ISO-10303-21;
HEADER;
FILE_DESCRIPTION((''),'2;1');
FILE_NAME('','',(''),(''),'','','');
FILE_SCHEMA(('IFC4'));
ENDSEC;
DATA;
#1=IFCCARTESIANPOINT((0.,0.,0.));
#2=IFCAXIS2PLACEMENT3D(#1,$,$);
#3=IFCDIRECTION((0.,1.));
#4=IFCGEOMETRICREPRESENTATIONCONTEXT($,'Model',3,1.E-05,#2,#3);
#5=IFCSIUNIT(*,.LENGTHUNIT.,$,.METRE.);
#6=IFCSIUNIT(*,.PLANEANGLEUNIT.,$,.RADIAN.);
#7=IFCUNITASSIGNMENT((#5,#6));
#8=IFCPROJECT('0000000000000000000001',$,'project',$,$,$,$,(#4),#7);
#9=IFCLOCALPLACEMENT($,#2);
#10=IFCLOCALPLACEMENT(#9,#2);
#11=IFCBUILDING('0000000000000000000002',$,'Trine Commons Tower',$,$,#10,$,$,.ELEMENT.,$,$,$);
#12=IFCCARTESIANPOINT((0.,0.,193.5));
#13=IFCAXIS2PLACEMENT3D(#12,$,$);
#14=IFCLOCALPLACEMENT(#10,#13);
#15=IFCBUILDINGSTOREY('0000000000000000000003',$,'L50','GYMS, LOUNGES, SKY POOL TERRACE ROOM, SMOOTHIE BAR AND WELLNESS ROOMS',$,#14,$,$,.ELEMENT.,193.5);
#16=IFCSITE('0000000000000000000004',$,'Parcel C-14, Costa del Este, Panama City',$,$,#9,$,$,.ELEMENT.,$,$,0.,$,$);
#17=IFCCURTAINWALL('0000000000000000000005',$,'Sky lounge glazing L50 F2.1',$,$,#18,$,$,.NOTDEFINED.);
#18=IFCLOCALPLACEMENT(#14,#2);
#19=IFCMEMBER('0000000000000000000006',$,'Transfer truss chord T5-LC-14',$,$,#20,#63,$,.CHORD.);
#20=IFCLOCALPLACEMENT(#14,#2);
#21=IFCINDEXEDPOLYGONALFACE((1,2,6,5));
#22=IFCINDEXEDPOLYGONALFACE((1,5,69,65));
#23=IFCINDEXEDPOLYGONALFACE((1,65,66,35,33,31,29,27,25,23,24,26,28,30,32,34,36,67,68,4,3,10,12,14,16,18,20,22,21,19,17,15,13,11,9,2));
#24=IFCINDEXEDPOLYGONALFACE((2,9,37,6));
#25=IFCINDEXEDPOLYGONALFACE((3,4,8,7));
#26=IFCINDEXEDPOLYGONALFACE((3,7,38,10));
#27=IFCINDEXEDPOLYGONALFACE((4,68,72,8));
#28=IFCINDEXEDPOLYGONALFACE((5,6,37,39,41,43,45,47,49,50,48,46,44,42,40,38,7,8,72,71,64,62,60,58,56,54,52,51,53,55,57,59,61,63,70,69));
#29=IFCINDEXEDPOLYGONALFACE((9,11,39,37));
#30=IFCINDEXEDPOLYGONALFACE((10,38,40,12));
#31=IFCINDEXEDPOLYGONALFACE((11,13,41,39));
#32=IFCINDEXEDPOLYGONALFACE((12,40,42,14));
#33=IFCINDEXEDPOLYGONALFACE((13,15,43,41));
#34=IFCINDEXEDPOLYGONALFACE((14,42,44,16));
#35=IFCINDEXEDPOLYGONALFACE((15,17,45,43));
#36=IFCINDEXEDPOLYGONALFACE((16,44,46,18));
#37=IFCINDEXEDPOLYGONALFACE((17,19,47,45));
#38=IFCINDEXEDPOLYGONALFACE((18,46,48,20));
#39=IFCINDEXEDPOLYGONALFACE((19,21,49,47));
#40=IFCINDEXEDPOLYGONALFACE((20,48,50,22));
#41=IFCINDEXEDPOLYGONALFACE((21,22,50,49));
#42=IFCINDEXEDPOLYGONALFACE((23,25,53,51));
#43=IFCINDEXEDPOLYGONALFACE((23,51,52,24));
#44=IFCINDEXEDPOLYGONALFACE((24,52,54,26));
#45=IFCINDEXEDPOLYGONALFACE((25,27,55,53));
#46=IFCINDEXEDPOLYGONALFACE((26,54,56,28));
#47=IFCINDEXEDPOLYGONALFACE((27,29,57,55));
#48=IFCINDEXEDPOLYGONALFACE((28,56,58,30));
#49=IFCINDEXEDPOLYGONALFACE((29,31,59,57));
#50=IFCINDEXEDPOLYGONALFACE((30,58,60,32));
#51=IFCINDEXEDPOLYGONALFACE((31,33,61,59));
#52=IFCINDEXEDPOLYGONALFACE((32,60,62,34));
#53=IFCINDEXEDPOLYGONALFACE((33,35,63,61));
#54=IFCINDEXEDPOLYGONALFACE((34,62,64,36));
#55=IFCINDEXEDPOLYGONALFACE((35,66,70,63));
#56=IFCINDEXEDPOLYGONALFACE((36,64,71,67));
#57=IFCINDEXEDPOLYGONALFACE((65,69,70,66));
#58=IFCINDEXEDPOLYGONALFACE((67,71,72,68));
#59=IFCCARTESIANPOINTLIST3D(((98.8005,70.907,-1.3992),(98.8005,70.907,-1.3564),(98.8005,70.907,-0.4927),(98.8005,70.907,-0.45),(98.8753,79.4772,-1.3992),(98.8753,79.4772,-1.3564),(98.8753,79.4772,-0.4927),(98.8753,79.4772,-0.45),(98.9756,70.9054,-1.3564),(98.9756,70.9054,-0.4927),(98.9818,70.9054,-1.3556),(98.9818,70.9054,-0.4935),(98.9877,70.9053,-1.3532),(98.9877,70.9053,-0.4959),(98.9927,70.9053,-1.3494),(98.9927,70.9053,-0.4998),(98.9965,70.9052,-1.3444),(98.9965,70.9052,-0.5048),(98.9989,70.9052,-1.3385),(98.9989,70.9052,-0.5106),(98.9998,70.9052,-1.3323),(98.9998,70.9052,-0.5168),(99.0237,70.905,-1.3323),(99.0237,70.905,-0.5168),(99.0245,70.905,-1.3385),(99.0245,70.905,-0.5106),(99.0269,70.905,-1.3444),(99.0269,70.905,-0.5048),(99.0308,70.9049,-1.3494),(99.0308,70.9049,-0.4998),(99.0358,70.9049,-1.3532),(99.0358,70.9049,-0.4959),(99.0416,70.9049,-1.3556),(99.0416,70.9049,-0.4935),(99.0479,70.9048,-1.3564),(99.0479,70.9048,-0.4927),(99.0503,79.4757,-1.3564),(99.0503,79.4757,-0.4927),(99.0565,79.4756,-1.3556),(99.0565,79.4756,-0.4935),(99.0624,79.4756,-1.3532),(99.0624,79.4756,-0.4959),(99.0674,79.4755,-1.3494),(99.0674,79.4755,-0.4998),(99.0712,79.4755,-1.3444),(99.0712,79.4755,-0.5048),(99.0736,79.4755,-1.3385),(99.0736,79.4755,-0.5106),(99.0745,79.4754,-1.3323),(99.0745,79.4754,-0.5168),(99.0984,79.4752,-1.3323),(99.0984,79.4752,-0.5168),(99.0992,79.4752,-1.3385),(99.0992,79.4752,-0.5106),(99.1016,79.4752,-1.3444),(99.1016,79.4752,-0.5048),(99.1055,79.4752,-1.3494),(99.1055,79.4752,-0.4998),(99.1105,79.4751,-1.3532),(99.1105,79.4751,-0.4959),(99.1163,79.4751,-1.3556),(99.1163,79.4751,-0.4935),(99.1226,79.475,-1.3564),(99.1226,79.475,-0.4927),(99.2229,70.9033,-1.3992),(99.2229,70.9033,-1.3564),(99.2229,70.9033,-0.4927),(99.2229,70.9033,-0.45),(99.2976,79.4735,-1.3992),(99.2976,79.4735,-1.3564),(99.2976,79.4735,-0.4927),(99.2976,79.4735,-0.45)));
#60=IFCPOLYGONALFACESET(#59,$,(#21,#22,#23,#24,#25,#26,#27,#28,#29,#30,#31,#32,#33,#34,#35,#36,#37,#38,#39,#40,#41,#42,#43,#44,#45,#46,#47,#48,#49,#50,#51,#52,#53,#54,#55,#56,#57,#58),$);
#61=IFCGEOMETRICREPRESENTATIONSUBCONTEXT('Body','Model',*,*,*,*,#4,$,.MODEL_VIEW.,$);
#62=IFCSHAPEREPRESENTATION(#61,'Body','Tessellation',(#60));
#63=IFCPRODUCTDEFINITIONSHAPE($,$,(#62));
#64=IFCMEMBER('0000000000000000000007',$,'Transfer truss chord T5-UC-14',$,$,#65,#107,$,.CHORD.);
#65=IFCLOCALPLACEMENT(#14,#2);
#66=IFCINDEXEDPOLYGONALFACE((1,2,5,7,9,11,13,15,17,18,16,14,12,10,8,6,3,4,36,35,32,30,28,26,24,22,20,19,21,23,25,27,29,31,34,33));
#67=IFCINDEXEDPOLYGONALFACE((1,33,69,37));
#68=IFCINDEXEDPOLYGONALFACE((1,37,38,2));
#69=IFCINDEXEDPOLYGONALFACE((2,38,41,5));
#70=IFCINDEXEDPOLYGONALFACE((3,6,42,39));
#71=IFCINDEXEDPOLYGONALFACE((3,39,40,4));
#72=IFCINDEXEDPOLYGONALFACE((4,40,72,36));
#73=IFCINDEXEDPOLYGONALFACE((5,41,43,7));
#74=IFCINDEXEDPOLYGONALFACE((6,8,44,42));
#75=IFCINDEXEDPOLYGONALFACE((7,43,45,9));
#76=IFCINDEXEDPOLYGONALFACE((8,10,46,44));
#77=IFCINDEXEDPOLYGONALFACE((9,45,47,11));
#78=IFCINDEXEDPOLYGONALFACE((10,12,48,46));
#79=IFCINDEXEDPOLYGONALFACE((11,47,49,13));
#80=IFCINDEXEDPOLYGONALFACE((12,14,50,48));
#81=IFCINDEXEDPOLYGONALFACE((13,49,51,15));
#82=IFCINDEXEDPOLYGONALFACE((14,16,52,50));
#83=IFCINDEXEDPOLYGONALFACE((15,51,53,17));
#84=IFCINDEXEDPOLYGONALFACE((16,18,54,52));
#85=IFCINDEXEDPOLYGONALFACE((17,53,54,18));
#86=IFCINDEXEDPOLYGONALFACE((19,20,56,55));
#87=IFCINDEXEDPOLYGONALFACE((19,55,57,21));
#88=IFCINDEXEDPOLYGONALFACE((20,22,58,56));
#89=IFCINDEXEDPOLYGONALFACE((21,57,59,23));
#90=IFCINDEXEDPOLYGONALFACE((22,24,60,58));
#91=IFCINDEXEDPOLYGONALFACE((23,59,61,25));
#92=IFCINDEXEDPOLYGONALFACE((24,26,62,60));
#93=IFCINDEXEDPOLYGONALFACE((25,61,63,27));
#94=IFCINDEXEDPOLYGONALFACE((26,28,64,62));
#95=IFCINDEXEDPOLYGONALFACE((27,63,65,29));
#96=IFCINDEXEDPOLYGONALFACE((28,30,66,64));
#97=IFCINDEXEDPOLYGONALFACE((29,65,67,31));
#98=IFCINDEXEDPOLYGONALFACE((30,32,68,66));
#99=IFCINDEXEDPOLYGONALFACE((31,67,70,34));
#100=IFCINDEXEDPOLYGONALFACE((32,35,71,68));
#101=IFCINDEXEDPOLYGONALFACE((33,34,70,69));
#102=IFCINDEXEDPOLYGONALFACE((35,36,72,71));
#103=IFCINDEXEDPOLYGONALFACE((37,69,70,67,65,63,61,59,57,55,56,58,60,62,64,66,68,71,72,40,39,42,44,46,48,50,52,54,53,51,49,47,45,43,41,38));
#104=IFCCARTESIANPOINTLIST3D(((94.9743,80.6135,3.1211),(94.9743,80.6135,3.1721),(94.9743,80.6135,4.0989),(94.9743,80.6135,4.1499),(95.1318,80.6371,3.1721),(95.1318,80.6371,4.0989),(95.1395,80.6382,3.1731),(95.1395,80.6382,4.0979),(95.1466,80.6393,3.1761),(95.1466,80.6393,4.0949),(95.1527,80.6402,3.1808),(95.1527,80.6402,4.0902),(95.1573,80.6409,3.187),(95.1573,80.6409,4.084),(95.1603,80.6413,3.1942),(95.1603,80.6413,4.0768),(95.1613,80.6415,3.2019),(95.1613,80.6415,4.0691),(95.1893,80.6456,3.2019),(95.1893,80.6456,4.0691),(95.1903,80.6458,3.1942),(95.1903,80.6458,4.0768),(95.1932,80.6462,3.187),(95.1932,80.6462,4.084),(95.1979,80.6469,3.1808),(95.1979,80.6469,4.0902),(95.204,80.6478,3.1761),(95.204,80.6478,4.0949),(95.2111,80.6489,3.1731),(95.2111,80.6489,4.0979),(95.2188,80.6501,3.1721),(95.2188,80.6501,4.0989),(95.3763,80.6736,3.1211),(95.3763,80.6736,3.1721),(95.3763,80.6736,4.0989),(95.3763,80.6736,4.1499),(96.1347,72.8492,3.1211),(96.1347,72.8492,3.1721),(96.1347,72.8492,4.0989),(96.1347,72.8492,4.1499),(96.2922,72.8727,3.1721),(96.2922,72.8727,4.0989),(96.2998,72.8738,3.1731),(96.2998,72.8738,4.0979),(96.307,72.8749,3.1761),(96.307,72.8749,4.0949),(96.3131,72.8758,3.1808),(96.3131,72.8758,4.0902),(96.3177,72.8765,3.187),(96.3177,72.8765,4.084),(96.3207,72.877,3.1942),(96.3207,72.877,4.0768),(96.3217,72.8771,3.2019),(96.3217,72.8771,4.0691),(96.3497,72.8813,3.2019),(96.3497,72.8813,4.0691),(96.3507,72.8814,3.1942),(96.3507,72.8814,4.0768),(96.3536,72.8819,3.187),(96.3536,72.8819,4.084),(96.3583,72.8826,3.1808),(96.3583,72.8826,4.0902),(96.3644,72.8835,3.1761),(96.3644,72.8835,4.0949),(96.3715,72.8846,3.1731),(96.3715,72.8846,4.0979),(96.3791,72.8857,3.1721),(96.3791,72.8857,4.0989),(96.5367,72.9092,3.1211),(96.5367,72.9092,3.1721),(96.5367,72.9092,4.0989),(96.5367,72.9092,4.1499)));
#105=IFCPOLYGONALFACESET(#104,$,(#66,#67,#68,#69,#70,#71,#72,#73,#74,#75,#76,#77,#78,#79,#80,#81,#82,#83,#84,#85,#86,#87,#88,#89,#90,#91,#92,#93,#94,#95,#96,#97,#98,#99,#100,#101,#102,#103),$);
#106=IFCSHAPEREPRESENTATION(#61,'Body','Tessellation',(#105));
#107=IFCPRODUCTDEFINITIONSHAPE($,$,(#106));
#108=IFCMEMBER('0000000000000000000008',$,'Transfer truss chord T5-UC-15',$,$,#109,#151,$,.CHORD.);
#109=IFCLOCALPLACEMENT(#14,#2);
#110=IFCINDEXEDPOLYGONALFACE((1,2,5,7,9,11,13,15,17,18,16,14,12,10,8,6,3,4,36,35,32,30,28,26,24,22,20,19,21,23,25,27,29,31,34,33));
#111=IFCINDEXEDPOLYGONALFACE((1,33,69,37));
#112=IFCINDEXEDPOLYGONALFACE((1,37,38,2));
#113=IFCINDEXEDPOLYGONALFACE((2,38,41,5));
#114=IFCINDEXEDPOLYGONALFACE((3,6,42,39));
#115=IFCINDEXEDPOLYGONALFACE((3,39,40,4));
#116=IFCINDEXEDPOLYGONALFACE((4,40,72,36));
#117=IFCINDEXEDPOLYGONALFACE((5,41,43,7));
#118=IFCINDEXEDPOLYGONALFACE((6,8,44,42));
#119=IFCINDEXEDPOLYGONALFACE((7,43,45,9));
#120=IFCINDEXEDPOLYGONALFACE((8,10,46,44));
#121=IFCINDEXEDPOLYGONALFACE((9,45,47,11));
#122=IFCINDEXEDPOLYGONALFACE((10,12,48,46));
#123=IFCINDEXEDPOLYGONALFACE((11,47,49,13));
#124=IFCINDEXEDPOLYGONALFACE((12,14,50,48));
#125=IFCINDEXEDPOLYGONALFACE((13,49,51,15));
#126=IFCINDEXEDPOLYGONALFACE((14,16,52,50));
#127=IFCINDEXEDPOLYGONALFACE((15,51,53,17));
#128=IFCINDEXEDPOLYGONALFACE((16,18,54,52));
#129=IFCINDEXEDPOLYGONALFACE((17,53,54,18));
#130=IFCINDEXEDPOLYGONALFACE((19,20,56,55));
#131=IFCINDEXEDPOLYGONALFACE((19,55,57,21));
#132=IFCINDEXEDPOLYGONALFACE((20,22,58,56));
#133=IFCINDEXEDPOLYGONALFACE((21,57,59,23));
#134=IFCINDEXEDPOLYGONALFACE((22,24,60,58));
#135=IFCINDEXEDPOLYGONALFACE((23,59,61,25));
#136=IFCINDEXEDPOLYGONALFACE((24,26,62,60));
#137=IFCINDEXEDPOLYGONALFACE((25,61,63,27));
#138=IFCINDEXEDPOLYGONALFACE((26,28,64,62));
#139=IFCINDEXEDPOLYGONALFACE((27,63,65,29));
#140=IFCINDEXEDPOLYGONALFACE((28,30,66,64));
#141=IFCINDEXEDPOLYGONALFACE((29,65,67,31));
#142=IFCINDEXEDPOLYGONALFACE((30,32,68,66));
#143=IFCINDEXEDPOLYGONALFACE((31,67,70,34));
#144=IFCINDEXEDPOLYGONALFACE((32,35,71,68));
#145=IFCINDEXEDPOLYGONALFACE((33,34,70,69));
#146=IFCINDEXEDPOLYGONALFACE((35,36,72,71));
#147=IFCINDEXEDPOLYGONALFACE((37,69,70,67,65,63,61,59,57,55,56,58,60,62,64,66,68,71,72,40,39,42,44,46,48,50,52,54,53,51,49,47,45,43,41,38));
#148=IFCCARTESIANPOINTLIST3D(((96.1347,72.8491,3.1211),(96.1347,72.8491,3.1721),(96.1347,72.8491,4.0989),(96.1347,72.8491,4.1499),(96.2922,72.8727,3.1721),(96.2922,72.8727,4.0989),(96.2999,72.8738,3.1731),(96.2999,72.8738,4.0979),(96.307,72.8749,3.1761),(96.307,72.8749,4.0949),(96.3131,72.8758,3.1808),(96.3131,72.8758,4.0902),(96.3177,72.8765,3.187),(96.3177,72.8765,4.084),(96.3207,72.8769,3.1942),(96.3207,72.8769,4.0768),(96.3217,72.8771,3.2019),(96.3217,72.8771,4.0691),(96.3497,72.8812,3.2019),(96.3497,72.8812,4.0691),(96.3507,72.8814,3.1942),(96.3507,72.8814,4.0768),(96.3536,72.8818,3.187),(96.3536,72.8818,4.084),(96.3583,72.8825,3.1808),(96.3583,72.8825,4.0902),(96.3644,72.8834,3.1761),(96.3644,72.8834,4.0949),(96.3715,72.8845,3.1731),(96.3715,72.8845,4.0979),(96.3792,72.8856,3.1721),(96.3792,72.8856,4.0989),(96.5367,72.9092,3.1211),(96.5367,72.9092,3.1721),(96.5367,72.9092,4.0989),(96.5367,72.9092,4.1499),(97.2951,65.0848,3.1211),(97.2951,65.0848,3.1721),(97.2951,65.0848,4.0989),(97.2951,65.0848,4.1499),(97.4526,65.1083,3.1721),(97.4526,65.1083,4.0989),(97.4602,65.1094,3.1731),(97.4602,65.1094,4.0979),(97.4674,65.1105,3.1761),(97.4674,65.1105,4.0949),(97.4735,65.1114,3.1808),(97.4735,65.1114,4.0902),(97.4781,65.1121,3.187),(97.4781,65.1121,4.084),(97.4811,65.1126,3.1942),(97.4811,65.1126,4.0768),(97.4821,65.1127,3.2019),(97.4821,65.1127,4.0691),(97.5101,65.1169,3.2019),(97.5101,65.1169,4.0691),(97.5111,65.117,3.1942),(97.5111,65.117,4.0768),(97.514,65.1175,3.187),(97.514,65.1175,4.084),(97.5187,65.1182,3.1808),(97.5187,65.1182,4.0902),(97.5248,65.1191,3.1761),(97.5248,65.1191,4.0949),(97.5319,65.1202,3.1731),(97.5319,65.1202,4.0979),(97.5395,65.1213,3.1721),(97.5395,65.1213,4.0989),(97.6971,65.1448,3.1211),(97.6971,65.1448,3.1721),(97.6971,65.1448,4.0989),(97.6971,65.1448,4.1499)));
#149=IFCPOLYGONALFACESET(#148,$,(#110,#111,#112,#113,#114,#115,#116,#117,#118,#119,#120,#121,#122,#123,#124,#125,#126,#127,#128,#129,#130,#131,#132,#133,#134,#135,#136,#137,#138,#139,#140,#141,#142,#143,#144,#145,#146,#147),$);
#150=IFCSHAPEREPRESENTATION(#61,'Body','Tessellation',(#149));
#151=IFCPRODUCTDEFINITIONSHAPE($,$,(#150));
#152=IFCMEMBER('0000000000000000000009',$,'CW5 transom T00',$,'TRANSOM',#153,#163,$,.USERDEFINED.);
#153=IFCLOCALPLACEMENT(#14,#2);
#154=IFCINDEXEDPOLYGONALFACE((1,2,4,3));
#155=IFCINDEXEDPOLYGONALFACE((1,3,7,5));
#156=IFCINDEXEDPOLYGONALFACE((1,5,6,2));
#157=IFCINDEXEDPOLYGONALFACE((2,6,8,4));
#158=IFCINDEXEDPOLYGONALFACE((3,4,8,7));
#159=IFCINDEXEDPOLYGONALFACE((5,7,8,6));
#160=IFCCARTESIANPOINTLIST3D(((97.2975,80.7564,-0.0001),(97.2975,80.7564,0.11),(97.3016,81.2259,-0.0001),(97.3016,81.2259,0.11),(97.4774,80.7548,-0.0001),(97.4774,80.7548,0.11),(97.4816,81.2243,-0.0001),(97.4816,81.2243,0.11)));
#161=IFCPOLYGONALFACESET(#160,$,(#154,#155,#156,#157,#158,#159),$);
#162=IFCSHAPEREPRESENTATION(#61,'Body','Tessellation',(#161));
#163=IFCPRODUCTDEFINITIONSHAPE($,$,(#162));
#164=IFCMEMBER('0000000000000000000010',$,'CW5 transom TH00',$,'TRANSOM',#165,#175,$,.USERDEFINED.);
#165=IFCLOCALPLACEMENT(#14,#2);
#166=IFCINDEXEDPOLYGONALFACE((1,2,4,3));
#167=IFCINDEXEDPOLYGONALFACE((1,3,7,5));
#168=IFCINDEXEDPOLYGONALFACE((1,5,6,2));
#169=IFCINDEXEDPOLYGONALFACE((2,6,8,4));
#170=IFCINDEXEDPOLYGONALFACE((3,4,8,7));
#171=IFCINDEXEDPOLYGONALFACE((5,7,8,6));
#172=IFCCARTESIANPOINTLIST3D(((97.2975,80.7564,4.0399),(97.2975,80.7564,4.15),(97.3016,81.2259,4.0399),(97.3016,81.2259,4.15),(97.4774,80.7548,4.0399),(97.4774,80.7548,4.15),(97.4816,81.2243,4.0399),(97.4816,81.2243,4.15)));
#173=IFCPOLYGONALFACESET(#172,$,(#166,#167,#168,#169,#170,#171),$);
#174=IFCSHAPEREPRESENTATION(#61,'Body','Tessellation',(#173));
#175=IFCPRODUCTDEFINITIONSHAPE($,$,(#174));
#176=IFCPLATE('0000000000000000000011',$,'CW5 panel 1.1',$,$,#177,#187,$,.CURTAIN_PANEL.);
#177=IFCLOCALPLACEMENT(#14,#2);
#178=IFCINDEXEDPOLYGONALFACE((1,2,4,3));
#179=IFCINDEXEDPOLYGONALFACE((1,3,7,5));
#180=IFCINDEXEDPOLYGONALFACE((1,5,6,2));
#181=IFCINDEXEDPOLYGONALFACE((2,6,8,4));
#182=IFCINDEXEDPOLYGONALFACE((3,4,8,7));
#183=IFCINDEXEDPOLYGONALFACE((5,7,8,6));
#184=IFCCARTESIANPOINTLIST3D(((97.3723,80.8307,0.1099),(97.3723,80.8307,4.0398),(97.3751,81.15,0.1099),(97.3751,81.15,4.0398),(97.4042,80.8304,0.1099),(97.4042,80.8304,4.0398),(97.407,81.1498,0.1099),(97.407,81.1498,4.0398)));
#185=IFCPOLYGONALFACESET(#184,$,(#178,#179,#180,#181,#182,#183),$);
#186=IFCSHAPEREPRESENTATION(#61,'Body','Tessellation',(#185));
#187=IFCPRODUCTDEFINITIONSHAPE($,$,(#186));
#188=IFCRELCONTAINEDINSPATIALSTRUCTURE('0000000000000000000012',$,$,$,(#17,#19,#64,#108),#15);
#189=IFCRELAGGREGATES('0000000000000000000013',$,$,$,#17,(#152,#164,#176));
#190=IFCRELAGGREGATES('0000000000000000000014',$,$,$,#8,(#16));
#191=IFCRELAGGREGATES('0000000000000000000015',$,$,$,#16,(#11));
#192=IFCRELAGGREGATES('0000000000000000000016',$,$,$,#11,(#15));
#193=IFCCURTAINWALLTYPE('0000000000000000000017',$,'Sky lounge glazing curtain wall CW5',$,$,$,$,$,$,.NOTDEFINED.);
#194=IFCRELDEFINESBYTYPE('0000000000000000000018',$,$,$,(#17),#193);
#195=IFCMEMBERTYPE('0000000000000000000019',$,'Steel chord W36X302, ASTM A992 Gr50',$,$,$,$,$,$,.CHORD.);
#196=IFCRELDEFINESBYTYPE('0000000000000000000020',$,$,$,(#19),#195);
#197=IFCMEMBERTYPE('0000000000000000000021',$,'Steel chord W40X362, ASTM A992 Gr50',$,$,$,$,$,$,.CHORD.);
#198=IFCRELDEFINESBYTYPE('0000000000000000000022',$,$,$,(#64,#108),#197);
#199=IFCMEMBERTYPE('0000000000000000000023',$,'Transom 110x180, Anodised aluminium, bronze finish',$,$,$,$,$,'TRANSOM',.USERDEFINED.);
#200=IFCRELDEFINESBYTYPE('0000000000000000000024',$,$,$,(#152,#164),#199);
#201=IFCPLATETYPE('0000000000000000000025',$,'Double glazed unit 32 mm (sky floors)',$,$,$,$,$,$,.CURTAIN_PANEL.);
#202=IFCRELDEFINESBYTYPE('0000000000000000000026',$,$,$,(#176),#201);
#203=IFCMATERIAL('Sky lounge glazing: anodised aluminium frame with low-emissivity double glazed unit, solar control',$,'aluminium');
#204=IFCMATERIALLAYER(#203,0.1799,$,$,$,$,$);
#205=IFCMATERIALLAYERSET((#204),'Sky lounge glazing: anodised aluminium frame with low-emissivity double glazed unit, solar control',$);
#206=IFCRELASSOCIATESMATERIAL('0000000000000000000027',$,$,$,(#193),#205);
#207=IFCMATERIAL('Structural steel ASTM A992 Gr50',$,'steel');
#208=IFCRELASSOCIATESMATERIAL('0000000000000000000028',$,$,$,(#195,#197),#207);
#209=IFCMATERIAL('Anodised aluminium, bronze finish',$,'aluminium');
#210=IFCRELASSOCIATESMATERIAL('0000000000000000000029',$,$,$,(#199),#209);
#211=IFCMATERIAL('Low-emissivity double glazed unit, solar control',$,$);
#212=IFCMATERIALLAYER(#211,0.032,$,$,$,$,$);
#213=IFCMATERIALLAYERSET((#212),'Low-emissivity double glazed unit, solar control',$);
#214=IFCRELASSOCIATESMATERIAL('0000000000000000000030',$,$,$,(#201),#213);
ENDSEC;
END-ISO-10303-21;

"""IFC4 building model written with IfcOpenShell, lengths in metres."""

from ifc_helpers import new_model, si_unit, direction, frame, origin, origin_2d, place, context, subcontext, project, spatial, rectangle, i_section, extrude, material, layer, layer_set, material_profile, profile_set, type_object, element, aggregate, save


model = new_model("IFC4")

# Units and contexts
model_context = context("Model", 3, precision=1e-05, world=origin(), true_north=direction((0.0, 1.0)))
body_context = subcontext(model_context, "Body", "Model", "MODEL_VIEW")
ifc_project = project(units=[si_unit("LENGTHUNIT", "METRE"), si_unit("PLANEANGLEUNIT", "RADIAN")], contexts=[model_context])

# Site, building, storey
site_placement = place(None, origin())
site = spatial("IfcSite", under=ifc_project, at=site_placement, Name="Parcel C-14, Costa del Este, Panama City", CompositionType="ELEMENT", RefElevation=0.0)
building_placement = place(site_placement, origin())
building = spatial("IfcBuilding", under=site, at=building_placement, Name="Trine Commons Tower", CompositionType="ELEMENT")
storey_placement = place(building_placement, frame((0.0, 0.0, 193.5)))
storey = spatial("IfcBuildingStorey", under=building, at=storey_placement, Name="L50", Description="GYMS, LOUNGES, SKY POOL TERRACE ROOM, SMOOTHIE BAR AND WELLNESS ROOMS", CompositionType="ELEMENT", Elevation=193.5)

# Curtain wall
ifc_material_1 = material(Name="Sky lounge glazing: anodised aluminium frame with low-emissivity double glazed unit, solar control", Category="aluminium")
ifc_layer_1 = layer(ifc_material_1, 0.1799)
ifc_layer_set_1 = layer_set([ifc_layer_1], Name="Sky lounge glazing: anodised aluminium frame with low-emissivity double glazed unit, solar control")
curtain_wall_type = type_object("IfcCurtainWallType", Name="Sky lounge glazing curtain wall CW5", PredefinedType="NOTDEFINED", material=ifc_layer_set_1)
curtain_wall_placement = place(storey_placement, origin())
curtain_wall = element("IfcCurtainWall", 1, at=curtain_wall_placement, inside=storey, type_object=curtain_wall_type, Name="Sky lounge glazing L50 F2.1", PredefinedType="NOTDEFINED")
ifc_material_2 = material(Name="Anodised aluminium, bronze finish", Category="aluminium")

# Shared definitions
ifc_material_3 = material(Name="Structural steel ASTM A992 Gr50", Category="steel")

# Members
ifc_material_profile_1 = material_profile(ifc_material_3, i_section(OverallWidth=0.4224, OverallDepth=0.9492, WebThickness=0.0239, FlangeThickness=0.0427, FilletRadius=0.0242, at=origin_2d()), Name="W36X302")
ifc_profile_set_1 = profile_set([ifc_material_profile_1], Name="Structural steel ASTM A992 Gr50")
member_type_1 = type_object("IfcMemberType", Name="Steel chord W36X302, ASTM A992 Gr50", PredefinedType="CHORD", material=ifc_profile_set_1)
member_1_placement = place(storey_placement, frame((99.0864, 79.4753, -0.9246), z_axis=(-0.008717, -0.999962, 0.0), x_axis=(0.999962, -0.008717, 0.0)))
element("IfcMember", 2, at=member_1_placement, inside=storey, type_object=member_type_1, Name="Transfer truss chord T5-LC-14", PredefinedType="CHORD", context=body_context, shape_type="SweptSolid", body=[
    extrude(i_section(OverallWidth=0.4224, OverallDepth=0.9492, WebThickness=0.0239, FlangeThickness=0.0427, FilletRadius=0.0242, at=origin_2d()), origin(), (0.0, 0.0, 1.0), 8.5706),
])
ifc_material_profile_2 = material_profile(ifc_material_3, i_section(OverallWidth=0.4065, OverallDepth=1.0288, WebThickness=0.0283, FlangeThickness=0.051, FilletRadius=0.0298, at=origin_2d()), Name="W40X362")
ifc_profile_set_2 = profile_set([ifc_material_profile_2], Name="Structural steel ASTM A992 Gr50")
member_type_2 = type_object("IfcMemberType", Name="Steel chord W40X362, ASTM A992 Gr50", PredefinedType="CHORD", material=ifc_profile_set_2)
for number, where, z_axis, x_axis, name in (
    (3, (95.1753, 80.6436, 3.6355), (0.14781, -0.989016, 0.0), (0.989016, 0.14781, 0.0), "Transfer truss chord T5-UC-14"),
    (4, (96.3357, 72.8792, 3.6355), (0.14781, -0.989016, 0.0), (0.989016, 0.14781, 0.0), "Transfer truss chord T5-UC-15"),
):
    element("IfcMember", number, at=place(storey_placement, frame(where, z_axis=z_axis, x_axis=x_axis)), inside=storey, type_object=member_type_2, Name=name, PredefinedType="CHORD", context=body_context, shape_type="SweptSolid", body=[
        extrude(i_section(OverallWidth=0.4065, OverallDepth=1.0288, WebThickness=0.0283, FlangeThickness=0.051, FilletRadius=0.0298, at=origin_2d()), origin(), (0.0, 0.0, 1.0), 7.8506),
    ])

# Members
ifc_material_profile_3 = material_profile(ifc_material_2, rectangle(XDim=0.1799, YDim=0.1101, at=origin_2d()), Name="Transom 110x180")
ifc_profile_set_3 = profile_set([ifc_material_profile_3], Name="Anodised aluminium, bronze finish")
member_type_3 = type_object("IfcMemberType", Name="Transom 110x180, Anodised aluminium, bronze finish", ElementType="TRANSOM", PredefinedType="USERDEFINED", material=ifc_profile_set_3)
member_2_placement = place(storey_placement, frame((97.3916, 81.2251, 0.0549), z_axis=(-0.00884, -0.999961, 0.0), x_axis=(0.999961, -0.00884, 0.0)))
member_2 = element("IfcMember", 5, at=member_2_placement, type_object=member_type_3, Name="CW5 transom T00", ObjectType="TRANSOM", PredefinedType="USERDEFINED", context=body_context, shape_type="SweptSolid", body=[
    extrude(rectangle(XDim=0.1799, YDim=0.1101, at=origin_2d()), origin(), (0.0, 0.0, 1.0), 0.4695),
])
member_3_placement = place(storey_placement, frame((97.3916, 81.2251, 4.095), z_axis=(-0.00884, -0.999961, 0.0), x_axis=(0.999961, -0.00884, 0.0)))
member_3 = element("IfcMember", 6, at=member_3_placement, type_object=member_type_3, Name="CW5 transom TH00", ObjectType="TRANSOM", PredefinedType="USERDEFINED", context=body_context, shape_type="SweptSolid", body=[
    extrude(rectangle(XDim=0.1799, YDim=0.1101, at=origin_2d()), origin(), (0.0, 0.0, 1.0), 0.4695),
])

# Plate
ifc_material_4 = material(Name="Low-emissivity double glazed unit, solar control")
ifc_layer_2 = layer(ifc_material_4, 0.032)
ifc_layer_set_2 = layer_set([ifc_layer_2], Name="Low-emissivity double glazed unit, solar control")
plate_type = type_object("IfcPlateType", Name="Double glazed unit 32 mm (sky floors)", PredefinedType="CURTAIN_PANEL", material=ifc_layer_set_2)
plate_placement = place(storey_placement, frame((97.3896, 80.9902, 0.1099), z_axis=(0.0, 0.0, 1.0), x_axis=(-0.008727, -0.999962, 0.0)))
plate = element("IfcPlate", 7, at=plate_placement, type_object=plate_type, Name="CW5 panel 1.1", PredefinedType="CURTAIN_PANEL", context=body_context, shape_type="SweptSolid", body=[
    extrude(rectangle(XDim=0.3193, YDim=0.032, at=origin_2d()), origin(), (0.0, 0.0, 1.0), 3.9299),
])
aggregate(curtain_wall, [member_2, member_3, plate])

save(model, "model.ifc")
